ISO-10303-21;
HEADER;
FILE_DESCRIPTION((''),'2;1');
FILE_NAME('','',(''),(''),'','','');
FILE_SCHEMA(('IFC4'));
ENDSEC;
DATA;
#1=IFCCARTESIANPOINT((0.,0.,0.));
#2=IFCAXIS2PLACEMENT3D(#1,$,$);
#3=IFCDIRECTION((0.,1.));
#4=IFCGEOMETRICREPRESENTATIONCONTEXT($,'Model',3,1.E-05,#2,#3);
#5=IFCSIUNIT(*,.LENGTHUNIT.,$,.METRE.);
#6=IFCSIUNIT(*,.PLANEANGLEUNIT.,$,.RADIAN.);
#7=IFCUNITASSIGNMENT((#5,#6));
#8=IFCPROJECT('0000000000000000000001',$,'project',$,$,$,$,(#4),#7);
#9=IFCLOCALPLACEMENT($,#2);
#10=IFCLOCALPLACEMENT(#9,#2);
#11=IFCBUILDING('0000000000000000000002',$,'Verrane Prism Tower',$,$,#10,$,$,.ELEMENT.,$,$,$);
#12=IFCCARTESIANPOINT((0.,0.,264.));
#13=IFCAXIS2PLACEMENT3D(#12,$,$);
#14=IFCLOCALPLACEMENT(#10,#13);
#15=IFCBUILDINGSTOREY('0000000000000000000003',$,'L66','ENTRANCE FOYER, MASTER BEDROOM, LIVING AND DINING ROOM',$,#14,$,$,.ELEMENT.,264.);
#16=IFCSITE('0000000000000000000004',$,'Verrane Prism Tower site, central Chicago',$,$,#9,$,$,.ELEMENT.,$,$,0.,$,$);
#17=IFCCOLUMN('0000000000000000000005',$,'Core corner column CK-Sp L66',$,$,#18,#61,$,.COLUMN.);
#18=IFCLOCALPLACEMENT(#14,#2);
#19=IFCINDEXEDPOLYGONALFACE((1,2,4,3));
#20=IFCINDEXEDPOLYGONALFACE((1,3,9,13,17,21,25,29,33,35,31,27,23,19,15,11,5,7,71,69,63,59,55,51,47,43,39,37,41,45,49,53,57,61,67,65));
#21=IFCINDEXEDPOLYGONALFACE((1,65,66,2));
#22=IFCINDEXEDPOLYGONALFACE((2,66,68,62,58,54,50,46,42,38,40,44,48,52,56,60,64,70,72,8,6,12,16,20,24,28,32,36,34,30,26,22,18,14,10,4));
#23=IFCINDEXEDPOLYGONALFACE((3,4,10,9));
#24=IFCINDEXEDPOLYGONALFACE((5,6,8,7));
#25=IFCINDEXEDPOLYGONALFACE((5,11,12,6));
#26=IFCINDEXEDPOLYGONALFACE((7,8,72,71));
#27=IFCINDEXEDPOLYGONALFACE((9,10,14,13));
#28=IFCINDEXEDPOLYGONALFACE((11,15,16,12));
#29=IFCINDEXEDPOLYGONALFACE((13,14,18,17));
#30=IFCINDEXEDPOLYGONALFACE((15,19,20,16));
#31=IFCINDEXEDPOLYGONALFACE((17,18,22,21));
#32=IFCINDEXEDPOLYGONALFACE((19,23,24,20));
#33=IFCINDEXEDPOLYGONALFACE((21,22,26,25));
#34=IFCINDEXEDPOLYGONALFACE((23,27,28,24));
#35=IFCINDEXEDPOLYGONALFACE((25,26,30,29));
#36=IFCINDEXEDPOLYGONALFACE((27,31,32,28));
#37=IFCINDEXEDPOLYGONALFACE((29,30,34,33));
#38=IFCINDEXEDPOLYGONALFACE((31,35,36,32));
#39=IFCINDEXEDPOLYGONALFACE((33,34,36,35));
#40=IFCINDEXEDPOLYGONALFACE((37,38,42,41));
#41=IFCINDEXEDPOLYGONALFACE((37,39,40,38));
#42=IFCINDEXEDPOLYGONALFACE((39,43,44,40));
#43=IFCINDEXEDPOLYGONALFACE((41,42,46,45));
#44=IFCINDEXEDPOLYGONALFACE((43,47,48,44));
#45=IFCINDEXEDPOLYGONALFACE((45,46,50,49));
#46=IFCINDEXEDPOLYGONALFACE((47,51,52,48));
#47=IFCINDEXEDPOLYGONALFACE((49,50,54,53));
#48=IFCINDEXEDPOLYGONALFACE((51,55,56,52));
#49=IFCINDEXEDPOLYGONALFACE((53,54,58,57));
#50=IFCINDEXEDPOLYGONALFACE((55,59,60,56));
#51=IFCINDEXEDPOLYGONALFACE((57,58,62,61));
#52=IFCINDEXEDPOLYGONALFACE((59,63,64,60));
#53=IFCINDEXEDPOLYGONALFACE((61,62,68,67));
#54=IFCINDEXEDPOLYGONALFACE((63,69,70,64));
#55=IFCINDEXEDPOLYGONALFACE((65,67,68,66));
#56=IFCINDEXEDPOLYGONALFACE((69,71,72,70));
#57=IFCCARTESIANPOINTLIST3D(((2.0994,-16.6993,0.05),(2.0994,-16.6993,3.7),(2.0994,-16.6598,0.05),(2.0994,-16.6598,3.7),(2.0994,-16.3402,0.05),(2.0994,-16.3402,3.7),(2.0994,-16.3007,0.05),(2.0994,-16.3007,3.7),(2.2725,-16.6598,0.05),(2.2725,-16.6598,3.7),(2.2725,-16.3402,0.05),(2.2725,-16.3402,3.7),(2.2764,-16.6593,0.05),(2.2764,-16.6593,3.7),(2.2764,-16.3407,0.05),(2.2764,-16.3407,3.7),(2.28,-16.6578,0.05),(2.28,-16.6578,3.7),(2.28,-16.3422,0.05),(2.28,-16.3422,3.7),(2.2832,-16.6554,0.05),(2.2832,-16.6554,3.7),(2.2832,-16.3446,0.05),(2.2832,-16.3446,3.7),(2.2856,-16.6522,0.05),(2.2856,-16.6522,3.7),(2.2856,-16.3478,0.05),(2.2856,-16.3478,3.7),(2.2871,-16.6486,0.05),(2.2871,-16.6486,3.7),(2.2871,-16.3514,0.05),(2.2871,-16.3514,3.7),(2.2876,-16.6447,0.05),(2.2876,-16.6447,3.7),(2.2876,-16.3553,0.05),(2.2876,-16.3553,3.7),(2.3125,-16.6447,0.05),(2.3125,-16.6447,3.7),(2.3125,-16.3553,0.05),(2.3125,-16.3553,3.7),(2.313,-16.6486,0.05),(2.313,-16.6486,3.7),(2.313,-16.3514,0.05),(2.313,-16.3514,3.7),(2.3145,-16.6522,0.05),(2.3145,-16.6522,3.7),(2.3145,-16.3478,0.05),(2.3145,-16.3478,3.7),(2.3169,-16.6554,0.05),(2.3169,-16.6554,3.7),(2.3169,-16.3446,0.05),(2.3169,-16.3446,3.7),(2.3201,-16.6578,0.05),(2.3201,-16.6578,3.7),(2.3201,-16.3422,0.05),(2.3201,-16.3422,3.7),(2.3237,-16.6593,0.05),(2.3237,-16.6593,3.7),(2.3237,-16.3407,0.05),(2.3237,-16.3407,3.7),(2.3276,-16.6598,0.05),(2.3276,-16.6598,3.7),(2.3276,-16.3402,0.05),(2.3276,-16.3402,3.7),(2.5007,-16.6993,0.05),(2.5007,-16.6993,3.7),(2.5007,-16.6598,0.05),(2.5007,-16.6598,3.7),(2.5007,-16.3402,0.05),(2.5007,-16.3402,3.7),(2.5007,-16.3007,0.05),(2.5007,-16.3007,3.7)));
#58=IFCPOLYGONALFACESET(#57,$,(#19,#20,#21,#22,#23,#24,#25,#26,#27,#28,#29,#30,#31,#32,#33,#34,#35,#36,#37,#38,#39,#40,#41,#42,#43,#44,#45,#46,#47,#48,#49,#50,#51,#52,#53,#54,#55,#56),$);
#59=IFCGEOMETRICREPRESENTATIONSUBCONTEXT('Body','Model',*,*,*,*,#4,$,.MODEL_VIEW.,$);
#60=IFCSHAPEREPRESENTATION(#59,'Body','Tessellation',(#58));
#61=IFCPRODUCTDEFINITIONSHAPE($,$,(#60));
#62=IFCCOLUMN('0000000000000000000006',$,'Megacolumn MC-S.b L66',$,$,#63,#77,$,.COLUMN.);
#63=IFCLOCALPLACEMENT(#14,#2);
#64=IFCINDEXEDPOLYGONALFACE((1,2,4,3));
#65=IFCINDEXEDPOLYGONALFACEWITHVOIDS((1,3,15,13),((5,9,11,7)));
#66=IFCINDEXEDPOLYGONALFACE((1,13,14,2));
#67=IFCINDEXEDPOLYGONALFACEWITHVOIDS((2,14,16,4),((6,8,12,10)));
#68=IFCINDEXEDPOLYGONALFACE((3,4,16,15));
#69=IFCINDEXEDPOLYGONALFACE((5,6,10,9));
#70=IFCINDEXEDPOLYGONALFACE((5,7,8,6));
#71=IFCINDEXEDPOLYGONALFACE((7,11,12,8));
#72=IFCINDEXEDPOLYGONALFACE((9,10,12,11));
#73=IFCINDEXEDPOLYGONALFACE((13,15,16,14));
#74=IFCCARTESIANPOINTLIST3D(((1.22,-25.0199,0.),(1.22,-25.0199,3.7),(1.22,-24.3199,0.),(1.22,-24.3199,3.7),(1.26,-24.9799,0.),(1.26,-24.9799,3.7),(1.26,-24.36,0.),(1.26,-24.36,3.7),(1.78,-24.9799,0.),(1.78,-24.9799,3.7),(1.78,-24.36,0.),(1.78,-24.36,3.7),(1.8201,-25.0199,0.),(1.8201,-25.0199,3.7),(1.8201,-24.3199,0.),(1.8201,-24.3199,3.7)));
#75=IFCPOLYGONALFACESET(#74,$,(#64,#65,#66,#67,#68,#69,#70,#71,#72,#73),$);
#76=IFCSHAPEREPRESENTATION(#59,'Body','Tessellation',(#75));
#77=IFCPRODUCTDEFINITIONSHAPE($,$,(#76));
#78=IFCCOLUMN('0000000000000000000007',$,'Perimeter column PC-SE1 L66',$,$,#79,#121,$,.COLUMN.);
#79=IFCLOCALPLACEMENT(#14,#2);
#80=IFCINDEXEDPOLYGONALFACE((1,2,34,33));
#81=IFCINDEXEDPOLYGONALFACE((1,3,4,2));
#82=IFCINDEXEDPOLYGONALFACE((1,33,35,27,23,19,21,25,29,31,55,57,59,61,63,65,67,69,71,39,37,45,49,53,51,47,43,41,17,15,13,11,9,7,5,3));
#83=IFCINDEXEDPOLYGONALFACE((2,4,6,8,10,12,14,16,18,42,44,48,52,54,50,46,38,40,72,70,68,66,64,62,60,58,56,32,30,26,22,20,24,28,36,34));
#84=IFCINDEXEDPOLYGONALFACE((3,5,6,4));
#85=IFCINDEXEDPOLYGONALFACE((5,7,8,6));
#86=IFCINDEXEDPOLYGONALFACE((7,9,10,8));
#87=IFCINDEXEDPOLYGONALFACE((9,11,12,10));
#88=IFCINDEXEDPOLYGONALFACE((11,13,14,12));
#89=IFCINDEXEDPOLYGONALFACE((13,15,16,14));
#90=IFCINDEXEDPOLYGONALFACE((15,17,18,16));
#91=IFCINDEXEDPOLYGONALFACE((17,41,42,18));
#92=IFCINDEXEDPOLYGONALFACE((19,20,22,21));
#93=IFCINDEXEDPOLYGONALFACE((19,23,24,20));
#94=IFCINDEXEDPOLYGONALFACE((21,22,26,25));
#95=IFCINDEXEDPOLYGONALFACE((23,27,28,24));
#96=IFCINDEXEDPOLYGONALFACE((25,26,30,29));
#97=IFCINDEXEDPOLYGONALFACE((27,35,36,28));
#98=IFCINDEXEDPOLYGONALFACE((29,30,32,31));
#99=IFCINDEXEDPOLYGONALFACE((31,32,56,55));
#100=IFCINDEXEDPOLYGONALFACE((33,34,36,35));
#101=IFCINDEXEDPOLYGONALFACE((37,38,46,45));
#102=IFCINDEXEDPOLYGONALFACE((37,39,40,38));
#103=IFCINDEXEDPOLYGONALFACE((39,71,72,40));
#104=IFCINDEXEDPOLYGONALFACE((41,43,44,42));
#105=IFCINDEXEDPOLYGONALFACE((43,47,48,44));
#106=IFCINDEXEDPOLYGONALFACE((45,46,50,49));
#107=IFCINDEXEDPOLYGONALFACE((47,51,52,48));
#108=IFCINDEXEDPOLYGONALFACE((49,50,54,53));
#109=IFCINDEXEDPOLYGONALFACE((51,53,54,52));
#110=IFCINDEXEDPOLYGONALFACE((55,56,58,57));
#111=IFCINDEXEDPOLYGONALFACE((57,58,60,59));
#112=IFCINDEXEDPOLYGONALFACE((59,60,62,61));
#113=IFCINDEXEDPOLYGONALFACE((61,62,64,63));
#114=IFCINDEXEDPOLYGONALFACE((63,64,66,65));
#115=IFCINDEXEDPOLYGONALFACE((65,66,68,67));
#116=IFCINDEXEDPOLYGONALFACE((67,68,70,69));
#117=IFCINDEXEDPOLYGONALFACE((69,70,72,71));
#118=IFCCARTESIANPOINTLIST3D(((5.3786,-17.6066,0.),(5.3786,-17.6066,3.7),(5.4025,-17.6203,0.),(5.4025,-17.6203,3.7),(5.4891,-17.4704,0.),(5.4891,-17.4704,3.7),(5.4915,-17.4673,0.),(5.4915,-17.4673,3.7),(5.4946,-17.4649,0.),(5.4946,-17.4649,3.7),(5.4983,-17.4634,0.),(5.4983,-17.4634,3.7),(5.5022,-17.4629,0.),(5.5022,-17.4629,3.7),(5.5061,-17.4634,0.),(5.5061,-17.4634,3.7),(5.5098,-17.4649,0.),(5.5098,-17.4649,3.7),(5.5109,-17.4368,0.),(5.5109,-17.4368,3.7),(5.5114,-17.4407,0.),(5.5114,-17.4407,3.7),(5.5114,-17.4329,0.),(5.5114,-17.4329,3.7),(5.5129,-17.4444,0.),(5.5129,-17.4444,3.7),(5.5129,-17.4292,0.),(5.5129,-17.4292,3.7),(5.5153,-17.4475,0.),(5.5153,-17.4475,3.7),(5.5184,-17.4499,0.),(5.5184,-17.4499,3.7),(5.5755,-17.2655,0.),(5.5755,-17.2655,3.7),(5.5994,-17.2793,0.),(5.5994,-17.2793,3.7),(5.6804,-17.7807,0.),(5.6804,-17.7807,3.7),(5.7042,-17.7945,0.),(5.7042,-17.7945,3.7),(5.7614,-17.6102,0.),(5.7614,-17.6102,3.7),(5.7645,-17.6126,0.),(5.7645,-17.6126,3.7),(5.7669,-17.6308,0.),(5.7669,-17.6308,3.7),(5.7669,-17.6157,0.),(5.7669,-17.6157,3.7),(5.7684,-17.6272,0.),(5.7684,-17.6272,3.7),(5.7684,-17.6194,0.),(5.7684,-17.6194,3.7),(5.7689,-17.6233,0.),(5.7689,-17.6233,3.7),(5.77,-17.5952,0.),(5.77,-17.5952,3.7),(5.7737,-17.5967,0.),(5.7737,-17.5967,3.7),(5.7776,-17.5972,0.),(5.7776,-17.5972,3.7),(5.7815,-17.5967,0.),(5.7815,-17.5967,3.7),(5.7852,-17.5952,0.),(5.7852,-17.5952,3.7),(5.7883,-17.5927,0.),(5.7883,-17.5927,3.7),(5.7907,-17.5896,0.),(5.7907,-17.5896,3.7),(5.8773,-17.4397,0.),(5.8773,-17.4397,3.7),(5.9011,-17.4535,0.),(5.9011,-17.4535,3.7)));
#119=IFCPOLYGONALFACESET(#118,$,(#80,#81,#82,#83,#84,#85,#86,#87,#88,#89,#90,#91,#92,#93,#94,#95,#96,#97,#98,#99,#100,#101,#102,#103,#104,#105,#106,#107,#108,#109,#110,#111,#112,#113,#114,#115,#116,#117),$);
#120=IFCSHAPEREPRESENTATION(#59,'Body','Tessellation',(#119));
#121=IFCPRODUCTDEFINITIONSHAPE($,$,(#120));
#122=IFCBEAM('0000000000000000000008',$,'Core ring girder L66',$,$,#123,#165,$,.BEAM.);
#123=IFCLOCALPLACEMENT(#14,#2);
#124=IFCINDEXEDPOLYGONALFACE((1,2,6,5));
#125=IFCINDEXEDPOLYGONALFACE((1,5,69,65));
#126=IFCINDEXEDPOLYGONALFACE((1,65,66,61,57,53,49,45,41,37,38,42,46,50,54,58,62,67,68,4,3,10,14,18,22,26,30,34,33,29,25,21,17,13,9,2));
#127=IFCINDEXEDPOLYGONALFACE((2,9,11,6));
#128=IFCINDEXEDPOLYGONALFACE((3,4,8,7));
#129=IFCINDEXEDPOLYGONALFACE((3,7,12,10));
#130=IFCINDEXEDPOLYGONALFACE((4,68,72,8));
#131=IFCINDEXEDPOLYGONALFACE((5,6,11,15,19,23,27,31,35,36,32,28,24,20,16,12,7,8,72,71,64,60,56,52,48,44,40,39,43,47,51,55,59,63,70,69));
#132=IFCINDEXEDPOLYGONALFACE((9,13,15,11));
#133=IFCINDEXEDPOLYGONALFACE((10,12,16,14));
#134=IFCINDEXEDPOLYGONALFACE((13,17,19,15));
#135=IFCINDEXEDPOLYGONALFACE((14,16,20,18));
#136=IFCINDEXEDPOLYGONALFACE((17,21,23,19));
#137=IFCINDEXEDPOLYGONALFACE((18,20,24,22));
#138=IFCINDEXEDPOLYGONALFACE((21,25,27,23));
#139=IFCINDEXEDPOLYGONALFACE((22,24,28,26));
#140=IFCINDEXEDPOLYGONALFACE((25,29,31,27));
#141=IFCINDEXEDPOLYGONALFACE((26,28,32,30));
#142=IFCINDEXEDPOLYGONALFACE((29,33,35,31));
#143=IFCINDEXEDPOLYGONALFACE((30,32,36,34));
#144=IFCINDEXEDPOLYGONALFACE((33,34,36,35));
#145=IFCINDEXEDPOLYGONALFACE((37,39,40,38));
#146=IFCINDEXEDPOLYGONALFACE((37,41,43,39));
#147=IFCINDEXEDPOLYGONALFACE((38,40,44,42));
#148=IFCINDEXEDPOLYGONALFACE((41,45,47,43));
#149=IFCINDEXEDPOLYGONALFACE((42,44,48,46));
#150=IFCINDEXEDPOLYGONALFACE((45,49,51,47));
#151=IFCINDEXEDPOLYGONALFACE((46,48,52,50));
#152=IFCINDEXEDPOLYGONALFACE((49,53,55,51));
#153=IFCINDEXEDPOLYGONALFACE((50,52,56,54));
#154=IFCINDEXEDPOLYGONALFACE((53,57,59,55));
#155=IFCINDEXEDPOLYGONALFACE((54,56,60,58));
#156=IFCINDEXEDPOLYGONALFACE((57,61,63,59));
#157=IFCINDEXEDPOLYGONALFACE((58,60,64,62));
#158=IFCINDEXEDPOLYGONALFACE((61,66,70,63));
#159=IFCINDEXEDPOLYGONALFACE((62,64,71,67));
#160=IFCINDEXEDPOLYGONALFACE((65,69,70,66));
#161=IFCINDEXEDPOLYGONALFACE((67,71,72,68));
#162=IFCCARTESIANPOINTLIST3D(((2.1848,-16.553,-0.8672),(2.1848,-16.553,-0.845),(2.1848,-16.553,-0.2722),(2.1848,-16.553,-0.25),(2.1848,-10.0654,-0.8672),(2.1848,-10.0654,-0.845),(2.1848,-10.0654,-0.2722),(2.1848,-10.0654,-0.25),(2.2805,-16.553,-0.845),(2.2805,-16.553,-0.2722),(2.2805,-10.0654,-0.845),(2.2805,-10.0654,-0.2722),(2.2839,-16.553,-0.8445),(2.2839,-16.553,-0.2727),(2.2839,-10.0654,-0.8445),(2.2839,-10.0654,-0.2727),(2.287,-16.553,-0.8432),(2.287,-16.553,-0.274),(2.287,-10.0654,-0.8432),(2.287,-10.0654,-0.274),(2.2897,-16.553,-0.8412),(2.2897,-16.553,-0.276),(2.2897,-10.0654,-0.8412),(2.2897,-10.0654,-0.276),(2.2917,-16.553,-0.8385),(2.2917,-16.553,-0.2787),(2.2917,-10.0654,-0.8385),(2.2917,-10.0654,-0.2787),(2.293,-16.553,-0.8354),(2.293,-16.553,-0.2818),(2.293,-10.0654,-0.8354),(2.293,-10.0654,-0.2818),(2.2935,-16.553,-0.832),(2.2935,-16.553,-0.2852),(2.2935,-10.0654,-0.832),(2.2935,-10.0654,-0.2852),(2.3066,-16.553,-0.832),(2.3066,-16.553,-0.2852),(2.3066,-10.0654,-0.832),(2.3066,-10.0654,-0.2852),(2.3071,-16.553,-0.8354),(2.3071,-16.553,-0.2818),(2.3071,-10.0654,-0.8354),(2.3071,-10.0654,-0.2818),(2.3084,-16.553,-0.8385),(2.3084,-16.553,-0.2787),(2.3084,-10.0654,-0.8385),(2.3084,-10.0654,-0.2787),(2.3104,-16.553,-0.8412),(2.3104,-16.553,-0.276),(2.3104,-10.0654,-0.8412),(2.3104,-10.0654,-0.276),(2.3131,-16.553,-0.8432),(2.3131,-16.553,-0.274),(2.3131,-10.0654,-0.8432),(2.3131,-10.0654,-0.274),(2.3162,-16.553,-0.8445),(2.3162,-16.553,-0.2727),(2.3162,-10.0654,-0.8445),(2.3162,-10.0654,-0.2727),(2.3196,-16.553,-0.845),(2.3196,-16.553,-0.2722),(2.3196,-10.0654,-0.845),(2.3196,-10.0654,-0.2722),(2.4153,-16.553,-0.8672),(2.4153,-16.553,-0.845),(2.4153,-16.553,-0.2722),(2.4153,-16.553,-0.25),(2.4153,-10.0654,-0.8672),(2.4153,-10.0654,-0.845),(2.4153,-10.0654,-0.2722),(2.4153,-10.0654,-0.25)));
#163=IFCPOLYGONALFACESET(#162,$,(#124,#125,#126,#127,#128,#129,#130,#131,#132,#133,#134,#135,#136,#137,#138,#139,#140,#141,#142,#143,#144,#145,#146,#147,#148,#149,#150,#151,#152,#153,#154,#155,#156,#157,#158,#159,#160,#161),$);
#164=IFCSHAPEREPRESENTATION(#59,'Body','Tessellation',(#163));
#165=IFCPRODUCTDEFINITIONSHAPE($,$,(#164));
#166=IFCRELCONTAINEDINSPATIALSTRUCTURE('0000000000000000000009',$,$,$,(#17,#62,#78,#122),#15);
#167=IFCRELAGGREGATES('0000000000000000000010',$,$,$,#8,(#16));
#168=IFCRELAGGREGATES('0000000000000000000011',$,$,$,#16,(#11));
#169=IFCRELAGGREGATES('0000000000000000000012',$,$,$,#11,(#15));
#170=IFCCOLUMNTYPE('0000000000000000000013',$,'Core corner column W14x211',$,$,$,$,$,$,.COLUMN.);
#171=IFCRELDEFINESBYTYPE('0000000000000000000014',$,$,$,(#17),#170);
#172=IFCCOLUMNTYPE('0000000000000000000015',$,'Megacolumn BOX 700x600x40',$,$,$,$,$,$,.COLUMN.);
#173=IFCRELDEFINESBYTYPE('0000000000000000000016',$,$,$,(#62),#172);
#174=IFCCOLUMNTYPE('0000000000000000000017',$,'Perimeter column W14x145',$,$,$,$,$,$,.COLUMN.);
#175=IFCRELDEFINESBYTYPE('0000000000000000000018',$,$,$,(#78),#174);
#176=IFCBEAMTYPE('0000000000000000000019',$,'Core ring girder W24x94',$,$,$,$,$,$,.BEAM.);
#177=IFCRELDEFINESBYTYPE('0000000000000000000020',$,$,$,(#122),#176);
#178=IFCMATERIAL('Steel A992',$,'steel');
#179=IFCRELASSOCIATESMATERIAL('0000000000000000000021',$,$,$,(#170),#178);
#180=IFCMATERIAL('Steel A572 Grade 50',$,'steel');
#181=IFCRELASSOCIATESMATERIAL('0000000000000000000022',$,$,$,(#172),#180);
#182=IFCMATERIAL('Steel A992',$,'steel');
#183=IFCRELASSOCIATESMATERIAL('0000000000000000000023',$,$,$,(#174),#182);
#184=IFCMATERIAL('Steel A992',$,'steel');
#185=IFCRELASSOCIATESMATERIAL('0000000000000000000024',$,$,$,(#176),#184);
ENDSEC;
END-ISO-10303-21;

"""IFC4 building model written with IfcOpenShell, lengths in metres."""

from ifc_helpers import new_model, si_unit, direction, frame, origin, origin_2d, place, context, subcontext, project, spatial, hollow_rectangle, i_section, extrude, material, material_profile, profile_set, type_object, element, save


model = new_model("IFC4")

# Units and contexts
model_context = context("Model", 3, precision=1e-05, world=origin(), true_north=direction((0.0, 1.0)))
body_context = subcontext(model_context, "Body", "Model", "MODEL_VIEW")
ifc_project = project(units=[si_unit("LENGTHUNIT", "METRE"), si_unit("PLANEANGLEUNIT", "RADIAN")], contexts=[model_context])

# Site, building, storey
site_placement = place(None, origin())
site = spatial("IfcSite", under=ifc_project, at=site_placement, Name="Verrane Prism Tower site, central Chicago", CompositionType="ELEMENT", RefElevation=0.0)
building_placement = place(site_placement, origin())
building = spatial("IfcBuilding", under=site, at=building_placement, Name="Verrane Prism Tower", CompositionType="ELEMENT")
storey_placement = place(building_placement, frame((0.0, 0.0, 264.0)))
storey = spatial("IfcBuildingStorey", under=building, at=storey_placement, Name="L66", Description="ENTRANCE FOYER, MASTER BEDROOM, LIVING AND DINING ROOM", CompositionType="ELEMENT", Elevation=264.0)

# Columns
ifc_material_1 = material(Name="Steel A992", Category="steel")
ifc_material_profile_1 = material_profile(ifc_material_1, i_section(OverallWidth=0.4014, OverallDepth=0.3987, WebThickness=0.0249, FlangeThickness=0.0396, FilletRadius=0.0151, at=origin_2d()), Name="W14x211")
ifc_profile_set_1 = profile_set([ifc_material_profile_1], Name="Steel A992")
column_type_1 = type_object("IfcColumnType", Name="Core corner column W14x211", PredefinedType="COLUMN", material=ifc_profile_set_1)
column_1_placement = place(storey_placement, frame((2.3, -16.5, 0.05), z_axis=(0.0, 0.0, 1.0), x_axis=(-1.0, 0.0, 0.0)))
element("IfcColumn", 1, at=column_1_placement, inside=storey, type_object=column_type_1, Name="Core corner column CK-Sp L66", PredefinedType="COLUMN", context=body_context, shape_type="SweptSolid", body=[
    extrude(i_section(OverallWidth=0.4014, OverallDepth=0.3987, WebThickness=0.0249, FlangeThickness=0.0396, FilletRadius=0.0151, at=origin_2d()), origin(), (0.0, 0.0, 1.0), 3.6499),
])
ifc_material_2 = material(Name="Steel A572 Grade 50", Category="steel")
ifc_material_profile_2 = material_profile(ifc_material_2, hollow_rectangle(XDim=0.6001, YDim=0.7, WallThickness=0.04, at=origin_2d()), Name="BOX 700x600x40")
ifc_profile_set_2 = profile_set([ifc_material_profile_2], Name="Steel A572 Grade 50")
column_type_2 = type_object("IfcColumnType", Name="Megacolumn BOX 700x600x40", PredefinedType="COLUMN", material=ifc_profile_set_2)
column_2_placement = place(storey_placement, frame((1.52, -24.6699, 0.0), z_axis=(0.0, 0.0, 1.0), x_axis=(-1.0, 0.0, 0.0)))
element("IfcColumn", 2, at=column_2_placement, inside=storey, type_object=column_type_2, Name="Megacolumn MC-S.b L66", PredefinedType="COLUMN", context=body_context, shape_type="SweptSolid", body=[
    extrude(hollow_rectangle(XDim=0.6001, YDim=0.7, WallThickness=0.04, at=origin_2d()), origin(), (0.0, 0.0, 1.0), 3.7),
])
ifc_material_3 = material(Name="Steel A992", Category="steel")
ifc_material_profile_3 = material_profile(ifc_material_3, i_section(OverallWidth=0.3938, OverallDepth=0.376, WebThickness=0.0173, FlangeThickness=0.0276, FilletRadius=0.0151, at=origin_2d()), Name="W14x145")
ifc_profile_set_3 = profile_set([ifc_material_profile_3], Name="Steel A992")
column_type_3 = type_object("IfcColumnType", Name="Perimeter column W14x145", PredefinedType="COLUMN", material=ifc_profile_set_3)
column_3_placement = place(storey_placement, frame((5.6399, -17.53, 0.0), z_axis=(0.0, 0.0, 1.0), x_axis=(-0.5, -0.866025, 0.0)))
element("IfcColumn", 3, at=column_3_placement, inside=storey, type_object=column_type_3, Name="Perimeter column PC-SE1 L66", PredefinedType="COLUMN", context=body_context, shape_type="SweptSolid", body=[
    extrude(i_section(OverallWidth=0.3938, OverallDepth=0.376, WebThickness=0.0173, FlangeThickness=0.0276, FilletRadius=0.0151, at=origin_2d()), origin(), (0.0, 0.0, 1.0), 3.7),
])

# Beam
ifc_material_4 = material(Name="Steel A992", Category="steel")
ifc_material_profile_4 = material_profile(ifc_material_4, i_section(OverallWidth=0.2305, OverallDepth=0.6172, WebThickness=0.0132, FlangeThickness=0.0222, FilletRadius=0.0129, at=origin_2d()), Name="W24x94")
ifc_profile_set_4 = profile_set([ifc_material_profile_4], Name="Steel A992")
beam_type_1 = type_object("IfcBeamType", Name="Core ring girder W24x94", PredefinedType="BEAM", material=ifc_profile_set_4)
beam_1_placement = place(storey_placement, frame((2.3, -16.553, -0.5586), z_axis=(0.0, 1.0, 0.0), x_axis=(-1.0, 0.0, 0.0)))
element("IfcBeam", 4, at=beam_1_placement, inside=storey, type_object=beam_type_1, Name="Core ring girder L66", PredefinedType="BEAM", context=body_context, shape_type="SweptSolid", body=[
    extrude(i_section(OverallWidth=0.2305, OverallDepth=0.6172, WebThickness=0.0132, FlangeThickness=0.0222, FilletRadius=0.0129, at=origin_2d()), origin(), (0.0, 0.0, 1.0), 6.4875),
])

save(model, "model.ifc")
